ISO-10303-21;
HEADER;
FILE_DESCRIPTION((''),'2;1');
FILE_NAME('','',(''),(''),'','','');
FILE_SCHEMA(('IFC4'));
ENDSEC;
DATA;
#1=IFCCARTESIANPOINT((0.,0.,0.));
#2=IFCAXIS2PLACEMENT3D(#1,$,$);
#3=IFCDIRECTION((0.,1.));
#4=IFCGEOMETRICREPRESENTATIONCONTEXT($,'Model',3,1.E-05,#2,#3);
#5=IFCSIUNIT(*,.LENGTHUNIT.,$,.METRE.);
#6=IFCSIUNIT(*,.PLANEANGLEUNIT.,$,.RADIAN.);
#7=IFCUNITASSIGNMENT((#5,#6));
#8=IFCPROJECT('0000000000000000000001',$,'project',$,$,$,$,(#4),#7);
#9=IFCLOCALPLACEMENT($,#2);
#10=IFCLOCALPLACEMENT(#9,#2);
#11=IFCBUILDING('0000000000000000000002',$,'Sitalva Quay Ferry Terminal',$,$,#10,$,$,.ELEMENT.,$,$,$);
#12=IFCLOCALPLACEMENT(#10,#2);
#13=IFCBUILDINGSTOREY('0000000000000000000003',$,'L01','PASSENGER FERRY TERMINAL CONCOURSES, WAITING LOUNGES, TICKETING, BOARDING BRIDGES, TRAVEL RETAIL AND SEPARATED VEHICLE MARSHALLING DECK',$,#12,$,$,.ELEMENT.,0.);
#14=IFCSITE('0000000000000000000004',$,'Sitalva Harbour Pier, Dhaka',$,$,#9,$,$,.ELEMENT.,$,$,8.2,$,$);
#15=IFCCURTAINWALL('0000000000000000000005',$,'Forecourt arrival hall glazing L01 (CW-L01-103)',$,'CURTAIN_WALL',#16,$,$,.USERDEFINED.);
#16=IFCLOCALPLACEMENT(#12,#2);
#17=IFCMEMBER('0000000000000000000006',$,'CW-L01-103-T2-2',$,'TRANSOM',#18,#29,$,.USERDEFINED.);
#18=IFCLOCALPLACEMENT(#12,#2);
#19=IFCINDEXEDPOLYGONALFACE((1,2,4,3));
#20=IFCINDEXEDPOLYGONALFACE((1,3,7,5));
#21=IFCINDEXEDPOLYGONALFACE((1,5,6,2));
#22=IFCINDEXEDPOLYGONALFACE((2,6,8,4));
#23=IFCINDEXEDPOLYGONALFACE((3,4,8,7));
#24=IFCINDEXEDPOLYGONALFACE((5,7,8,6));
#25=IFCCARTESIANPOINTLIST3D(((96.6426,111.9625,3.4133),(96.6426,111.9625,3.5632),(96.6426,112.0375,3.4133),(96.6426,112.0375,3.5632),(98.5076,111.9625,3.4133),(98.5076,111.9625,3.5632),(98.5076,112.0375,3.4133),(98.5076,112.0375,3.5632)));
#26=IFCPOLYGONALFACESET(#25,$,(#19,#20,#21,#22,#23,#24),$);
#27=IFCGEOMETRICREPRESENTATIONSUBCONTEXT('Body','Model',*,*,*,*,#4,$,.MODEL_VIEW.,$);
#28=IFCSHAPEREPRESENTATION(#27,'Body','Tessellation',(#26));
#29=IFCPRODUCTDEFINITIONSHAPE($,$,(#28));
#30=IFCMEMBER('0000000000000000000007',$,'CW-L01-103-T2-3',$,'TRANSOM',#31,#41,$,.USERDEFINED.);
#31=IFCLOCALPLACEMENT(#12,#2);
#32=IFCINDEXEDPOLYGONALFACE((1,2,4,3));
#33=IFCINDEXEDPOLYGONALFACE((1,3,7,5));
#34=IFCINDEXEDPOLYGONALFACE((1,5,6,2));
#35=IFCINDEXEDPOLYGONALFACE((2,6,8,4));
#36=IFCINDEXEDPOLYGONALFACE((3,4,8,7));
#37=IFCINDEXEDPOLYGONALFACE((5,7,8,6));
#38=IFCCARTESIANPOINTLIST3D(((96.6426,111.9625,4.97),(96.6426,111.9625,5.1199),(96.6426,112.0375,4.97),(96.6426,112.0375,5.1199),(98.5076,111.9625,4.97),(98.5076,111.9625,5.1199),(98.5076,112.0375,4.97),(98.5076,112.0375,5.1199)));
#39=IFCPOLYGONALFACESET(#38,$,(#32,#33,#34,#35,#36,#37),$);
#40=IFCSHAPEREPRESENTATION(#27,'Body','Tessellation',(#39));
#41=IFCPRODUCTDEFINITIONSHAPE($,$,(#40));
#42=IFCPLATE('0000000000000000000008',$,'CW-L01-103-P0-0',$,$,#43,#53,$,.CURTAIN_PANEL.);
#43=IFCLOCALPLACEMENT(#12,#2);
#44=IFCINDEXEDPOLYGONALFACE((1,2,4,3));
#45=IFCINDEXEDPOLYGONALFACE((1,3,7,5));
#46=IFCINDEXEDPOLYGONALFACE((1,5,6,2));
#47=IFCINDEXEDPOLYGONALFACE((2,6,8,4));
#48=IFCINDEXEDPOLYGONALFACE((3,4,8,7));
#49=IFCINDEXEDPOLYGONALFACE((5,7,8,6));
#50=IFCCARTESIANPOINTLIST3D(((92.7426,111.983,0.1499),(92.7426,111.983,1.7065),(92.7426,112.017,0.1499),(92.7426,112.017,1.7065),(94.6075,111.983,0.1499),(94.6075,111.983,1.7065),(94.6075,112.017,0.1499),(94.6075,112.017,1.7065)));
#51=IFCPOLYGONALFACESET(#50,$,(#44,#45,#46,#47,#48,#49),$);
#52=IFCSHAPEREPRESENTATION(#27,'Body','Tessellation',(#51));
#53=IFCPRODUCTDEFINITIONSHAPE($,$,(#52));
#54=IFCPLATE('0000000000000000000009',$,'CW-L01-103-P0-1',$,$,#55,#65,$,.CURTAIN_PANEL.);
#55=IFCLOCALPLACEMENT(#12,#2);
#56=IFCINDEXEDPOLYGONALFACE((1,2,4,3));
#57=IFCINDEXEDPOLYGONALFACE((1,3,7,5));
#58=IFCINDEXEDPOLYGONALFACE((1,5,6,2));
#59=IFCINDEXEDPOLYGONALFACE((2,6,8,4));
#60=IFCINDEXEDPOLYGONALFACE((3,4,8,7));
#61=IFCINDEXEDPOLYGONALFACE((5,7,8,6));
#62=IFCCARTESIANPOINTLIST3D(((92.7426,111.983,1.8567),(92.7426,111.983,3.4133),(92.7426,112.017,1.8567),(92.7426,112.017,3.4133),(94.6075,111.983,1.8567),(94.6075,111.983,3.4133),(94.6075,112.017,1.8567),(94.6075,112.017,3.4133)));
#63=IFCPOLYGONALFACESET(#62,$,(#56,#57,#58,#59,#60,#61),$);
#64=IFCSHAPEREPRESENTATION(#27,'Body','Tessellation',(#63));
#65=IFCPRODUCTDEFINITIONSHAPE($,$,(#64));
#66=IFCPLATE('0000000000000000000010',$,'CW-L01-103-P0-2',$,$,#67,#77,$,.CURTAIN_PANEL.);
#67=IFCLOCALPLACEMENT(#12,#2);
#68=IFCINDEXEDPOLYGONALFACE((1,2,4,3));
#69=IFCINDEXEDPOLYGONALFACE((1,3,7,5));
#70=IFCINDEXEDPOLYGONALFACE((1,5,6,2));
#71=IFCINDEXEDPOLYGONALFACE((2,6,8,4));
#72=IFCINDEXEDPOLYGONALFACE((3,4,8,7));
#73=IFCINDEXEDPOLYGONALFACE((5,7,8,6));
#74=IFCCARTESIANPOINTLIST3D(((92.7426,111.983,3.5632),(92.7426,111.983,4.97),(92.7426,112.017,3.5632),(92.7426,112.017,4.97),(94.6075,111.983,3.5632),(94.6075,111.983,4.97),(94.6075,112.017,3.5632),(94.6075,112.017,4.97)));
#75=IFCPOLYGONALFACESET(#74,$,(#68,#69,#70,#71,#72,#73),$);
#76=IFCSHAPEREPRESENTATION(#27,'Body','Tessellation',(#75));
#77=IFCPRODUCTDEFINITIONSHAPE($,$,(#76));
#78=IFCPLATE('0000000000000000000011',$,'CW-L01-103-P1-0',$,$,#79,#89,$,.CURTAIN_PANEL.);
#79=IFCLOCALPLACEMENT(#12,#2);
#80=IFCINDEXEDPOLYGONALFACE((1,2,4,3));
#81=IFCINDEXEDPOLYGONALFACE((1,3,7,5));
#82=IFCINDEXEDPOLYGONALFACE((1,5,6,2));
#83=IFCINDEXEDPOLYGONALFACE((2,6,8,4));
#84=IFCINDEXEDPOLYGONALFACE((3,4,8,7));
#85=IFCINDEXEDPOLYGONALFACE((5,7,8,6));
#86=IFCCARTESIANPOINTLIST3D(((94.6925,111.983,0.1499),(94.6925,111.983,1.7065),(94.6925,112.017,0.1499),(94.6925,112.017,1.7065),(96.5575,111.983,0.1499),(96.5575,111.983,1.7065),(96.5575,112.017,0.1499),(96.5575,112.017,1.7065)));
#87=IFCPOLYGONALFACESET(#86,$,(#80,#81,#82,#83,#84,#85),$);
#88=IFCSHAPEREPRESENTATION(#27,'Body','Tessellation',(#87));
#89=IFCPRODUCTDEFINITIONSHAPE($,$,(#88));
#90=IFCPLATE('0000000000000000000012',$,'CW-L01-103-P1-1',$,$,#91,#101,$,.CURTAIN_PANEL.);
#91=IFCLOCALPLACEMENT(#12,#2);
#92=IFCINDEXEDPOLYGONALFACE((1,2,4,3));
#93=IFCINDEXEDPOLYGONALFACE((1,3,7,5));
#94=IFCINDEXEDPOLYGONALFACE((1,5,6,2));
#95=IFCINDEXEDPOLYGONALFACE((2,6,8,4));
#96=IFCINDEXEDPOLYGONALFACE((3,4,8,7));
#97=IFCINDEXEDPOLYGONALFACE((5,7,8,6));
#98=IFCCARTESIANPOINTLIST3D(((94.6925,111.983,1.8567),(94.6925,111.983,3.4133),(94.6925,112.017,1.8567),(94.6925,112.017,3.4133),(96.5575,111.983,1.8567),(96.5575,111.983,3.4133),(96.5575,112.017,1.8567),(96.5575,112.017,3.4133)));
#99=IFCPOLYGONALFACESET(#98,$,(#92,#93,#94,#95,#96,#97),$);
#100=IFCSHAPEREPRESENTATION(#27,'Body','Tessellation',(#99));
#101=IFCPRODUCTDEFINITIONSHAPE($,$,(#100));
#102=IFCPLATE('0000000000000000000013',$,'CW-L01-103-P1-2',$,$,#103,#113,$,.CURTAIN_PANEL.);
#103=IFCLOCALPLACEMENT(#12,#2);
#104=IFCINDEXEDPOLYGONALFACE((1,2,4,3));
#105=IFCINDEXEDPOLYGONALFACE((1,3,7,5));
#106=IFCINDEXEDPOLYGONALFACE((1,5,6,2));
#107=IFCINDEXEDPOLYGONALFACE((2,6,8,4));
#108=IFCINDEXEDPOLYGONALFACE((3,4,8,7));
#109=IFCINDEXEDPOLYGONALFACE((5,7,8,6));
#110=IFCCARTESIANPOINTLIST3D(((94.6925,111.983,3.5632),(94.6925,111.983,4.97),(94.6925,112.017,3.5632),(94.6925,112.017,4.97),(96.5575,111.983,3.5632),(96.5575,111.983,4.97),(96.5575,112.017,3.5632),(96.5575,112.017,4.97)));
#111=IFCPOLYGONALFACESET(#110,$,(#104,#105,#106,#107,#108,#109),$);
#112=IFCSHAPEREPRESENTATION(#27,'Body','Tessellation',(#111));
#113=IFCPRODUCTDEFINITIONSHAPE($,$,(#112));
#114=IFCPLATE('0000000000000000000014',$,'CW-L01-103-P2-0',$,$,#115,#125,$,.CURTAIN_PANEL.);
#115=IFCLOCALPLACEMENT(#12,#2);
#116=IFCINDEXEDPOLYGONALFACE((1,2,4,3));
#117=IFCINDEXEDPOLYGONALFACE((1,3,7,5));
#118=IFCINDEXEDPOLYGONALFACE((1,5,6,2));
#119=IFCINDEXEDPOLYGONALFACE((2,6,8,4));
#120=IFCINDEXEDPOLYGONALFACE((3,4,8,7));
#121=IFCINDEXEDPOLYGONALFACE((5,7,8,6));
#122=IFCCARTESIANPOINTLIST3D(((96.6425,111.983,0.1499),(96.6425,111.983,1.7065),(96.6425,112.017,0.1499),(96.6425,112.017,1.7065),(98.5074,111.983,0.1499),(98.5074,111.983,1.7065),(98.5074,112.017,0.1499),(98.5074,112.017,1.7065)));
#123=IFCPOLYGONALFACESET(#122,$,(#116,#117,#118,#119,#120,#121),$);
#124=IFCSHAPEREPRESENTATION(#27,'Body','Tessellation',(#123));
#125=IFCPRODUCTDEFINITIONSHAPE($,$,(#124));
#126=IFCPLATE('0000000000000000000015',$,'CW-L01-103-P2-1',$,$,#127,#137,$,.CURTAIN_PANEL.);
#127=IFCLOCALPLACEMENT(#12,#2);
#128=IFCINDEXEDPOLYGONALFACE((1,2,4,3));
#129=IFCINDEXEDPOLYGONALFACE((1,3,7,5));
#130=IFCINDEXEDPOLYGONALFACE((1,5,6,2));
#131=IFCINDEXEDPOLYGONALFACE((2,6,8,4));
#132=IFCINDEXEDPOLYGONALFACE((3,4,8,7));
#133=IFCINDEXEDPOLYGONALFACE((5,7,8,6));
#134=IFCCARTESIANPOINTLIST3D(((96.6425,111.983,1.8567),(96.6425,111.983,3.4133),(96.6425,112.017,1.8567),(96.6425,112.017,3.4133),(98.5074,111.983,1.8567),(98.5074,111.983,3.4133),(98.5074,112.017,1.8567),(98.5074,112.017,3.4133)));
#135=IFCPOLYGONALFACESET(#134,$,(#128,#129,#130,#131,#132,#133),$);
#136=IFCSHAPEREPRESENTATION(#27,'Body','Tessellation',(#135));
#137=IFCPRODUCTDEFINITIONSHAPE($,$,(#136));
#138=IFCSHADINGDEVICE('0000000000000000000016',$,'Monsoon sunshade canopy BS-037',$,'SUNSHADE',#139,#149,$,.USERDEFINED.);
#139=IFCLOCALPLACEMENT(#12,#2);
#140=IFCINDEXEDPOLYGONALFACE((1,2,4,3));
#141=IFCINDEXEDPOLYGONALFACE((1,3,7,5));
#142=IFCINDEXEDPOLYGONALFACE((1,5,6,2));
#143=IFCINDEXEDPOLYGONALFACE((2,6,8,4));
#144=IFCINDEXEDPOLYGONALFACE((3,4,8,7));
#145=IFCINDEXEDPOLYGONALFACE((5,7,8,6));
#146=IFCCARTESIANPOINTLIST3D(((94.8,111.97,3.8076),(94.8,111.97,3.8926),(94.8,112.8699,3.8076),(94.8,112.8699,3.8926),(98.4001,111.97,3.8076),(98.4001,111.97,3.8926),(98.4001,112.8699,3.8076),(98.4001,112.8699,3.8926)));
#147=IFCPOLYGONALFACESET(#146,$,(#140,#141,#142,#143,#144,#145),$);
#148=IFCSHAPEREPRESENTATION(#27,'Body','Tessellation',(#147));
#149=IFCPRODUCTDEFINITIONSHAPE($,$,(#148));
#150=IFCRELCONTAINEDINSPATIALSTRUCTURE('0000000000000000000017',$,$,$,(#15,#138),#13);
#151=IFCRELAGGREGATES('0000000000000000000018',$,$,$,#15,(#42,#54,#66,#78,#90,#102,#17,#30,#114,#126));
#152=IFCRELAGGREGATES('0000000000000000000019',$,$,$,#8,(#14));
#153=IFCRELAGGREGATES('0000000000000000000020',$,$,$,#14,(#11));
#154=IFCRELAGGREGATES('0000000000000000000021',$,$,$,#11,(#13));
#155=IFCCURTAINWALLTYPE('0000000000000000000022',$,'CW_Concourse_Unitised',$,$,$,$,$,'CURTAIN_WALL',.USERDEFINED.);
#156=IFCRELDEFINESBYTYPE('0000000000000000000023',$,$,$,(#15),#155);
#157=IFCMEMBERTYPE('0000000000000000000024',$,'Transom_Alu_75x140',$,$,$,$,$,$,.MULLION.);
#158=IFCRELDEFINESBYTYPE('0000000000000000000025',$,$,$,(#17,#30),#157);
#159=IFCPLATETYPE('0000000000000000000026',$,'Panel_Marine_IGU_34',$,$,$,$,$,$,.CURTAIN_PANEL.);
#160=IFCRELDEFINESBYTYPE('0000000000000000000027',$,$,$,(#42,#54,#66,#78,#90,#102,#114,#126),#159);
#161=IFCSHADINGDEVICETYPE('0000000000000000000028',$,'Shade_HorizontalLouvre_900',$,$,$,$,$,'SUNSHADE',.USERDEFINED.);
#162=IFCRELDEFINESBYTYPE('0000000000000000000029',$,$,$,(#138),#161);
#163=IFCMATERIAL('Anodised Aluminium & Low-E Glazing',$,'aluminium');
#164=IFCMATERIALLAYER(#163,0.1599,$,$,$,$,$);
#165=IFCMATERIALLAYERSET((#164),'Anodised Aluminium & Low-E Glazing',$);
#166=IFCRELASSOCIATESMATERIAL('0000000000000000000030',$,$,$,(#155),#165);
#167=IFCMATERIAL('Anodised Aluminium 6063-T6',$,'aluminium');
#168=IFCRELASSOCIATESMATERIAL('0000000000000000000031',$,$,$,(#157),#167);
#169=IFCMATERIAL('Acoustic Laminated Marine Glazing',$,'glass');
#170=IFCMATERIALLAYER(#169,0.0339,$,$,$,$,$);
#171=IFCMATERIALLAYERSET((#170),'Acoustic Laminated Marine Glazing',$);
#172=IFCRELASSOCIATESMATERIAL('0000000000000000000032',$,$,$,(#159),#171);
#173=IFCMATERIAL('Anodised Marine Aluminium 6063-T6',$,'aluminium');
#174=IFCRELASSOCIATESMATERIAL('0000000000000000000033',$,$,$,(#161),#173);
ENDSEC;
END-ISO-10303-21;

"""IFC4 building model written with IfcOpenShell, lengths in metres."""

from ifc_helpers import new_model, si_unit, direction, frame, origin, origin_2d, place, context, subcontext, project, spatial, rectangle, extrude, material, layer, layer_set, material_profile, profile_set, type_object, element, aggregate, save


model = new_model("IFC4")

# Units and contexts
model_context = context("Model", 3, precision=1e-05, world=origin(), true_north=direction((0.0, 1.0)))
body_context = subcontext(model_context, "Body", "Model", "MODEL_VIEW")
ifc_project = project(units=[si_unit("LENGTHUNIT", "METRE"), si_unit("PLANEANGLEUNIT", "RADIAN")], contexts=[model_context])

# Site, building, storey
site_placement = place(None, origin())
site = spatial("IfcSite", under=ifc_project, at=site_placement, Name="Sitalva Harbour Pier, Dhaka", CompositionType="ELEMENT", RefElevation=8.2)
building_placement = place(site_placement, origin())
building = spatial("IfcBuilding", under=site, at=building_placement, Name="Sitalva Quay Ferry Terminal", CompositionType="ELEMENT")
storey_placement = place(building_placement, origin())
storey = spatial("IfcBuildingStorey", under=building, at=storey_placement, Name="L01", Description="PASSENGER FERRY TERMINAL CONCOURSES, WAITING LOUNGES, TICKETING, BOARDING BRIDGES, TRAVEL RETAIL AND SEPARATED VEHICLE MARSHALLING DECK", CompositionType="ELEMENT", Elevation=0.0)

# Curtain wall, members, plates
ifc_material_1 = material(Name="Anodised Aluminium & Low-E Glazing", Category="aluminium")
ifc_layer_1 = layer(ifc_material_1, 0.1599)
ifc_layer_set_1 = layer_set([ifc_layer_1], Name="Anodised Aluminium & Low-E Glazing")
curtain_wall_type = type_object("IfcCurtainWallType", Name="CW_Concourse_Unitised", ElementType="CURTAIN_WALL", PredefinedType="USERDEFINED", material=ifc_layer_set_1)
curtain_wall_placement = place(storey_placement, origin())
curtain_wall = element("IfcCurtainWall", 1, at=curtain_wall_placement, inside=storey, type_object=curtain_wall_type, Name="Forecourt arrival hall glazing L01 (CW-L01-103)", ObjectType="CURTAIN_WALL", PredefinedType="USERDEFINED")
ifc_material_2 = material(Name="Anodised Aluminium 6063-T6", Category="aluminium")
ifc_material_profile_1 = material_profile(ifc_material_2, rectangle(XDim=0.075, YDim=0.1499, at=origin_2d()), Name="ALU75x150")
ifc_profile_set_1 = profile_set([ifc_material_profile_1], Name="Anodised Aluminium 6063-T6")
member_type_1 = type_object("IfcMemberType", Name="Transom_Alu_75x140", PredefinedType="MULLION", material=ifc_profile_set_1)
member_1_placement = place(storey_placement, frame((96.6426, 112.0, 3.4883), z_axis=(1.0, 0.0, 0.0), x_axis=(0.0, 1.0, 0.0)))
member_1 = element("IfcMember", 2, at=member_1_placement, type_object=member_type_1, Name="CW-L01-103-T2-2", ObjectType="TRANSOM", PredefinedType="USERDEFINED", context=body_context, shape_type="SweptSolid", body=[
    extrude(rectangle(XDim=0.075, YDim=0.1499, at=origin_2d()), origin(), (0.0, 0.0, 1.0), 1.865),
])
member_2_placement = place(storey_placement, frame((96.6426, 112.0, 5.0449), z_axis=(1.0, 0.0, 0.0), x_axis=(0.0, 1.0, 0.0)))
member_2 = element("IfcMember", 3, at=member_2_placement, type_object=member_type_1, Name="CW-L01-103-T2-3", ObjectType="TRANSOM", PredefinedType="USERDEFINED", context=body_context, shape_type="SweptSolid", body=[
    extrude(rectangle(XDim=0.075, YDim=0.1499, at=origin_2d()), origin(), (0.0, 0.0, 1.0), 1.865),
])
ifc_material_3 = material(Name="Acoustic Laminated Marine Glazing", Category="glass")
ifc_layer_2 = layer(ifc_material_3, 0.0339)
ifc_layer_set_2 = layer_set([ifc_layer_2], Name="Acoustic Laminated Marine Glazing")
plate_type = type_object("IfcPlateType", Name="Panel_Marine_IGU_34", PredefinedType="CURTAIN_PANEL", material=ifc_layer_set_2)
plate_1_placement = place(storey_placement, frame((93.675, 112.0, 0.1499), z_axis=(0.0, 0.0, 1.0), x_axis=(1.0, 0.0, 0.0)))
plate_1 = element("IfcPlate", 4, at=plate_1_placement, type_object=plate_type, Name="CW-L01-103-P0-0", PredefinedType="CURTAIN_PANEL", context=body_context, shape_type="SweptSolid", body=[
    extrude(rectangle(XDim=1.865, YDim=0.0339, at=origin_2d()), origin(), (0.0, 0.0, 1.0), 1.5566),
])
plate_2_placement = place(storey_placement, frame((93.675, 112.0, 1.8567), z_axis=(0.0, 0.0, 1.0), x_axis=(1.0, 0.0, 0.0)))
plate_2 = element("IfcPlate", 5, at=plate_2_placement, type_object=plate_type, Name="CW-L01-103-P0-1", PredefinedType="CURTAIN_PANEL", context=body_context, shape_type="SweptSolid", body=[
    extrude(rectangle(XDim=1.865, YDim=0.0339, at=origin_2d()), origin(), (0.0, 0.0, 1.0), 1.5566),
])
plate_3_placement = place(storey_placement, frame((93.675, 112.0, 3.5632), z_axis=(0.0, 0.0, 1.0), x_axis=(1.0, 0.0, 0.0)))
plate_3 = element("IfcPlate", 6, at=plate_3_placement, type_object=plate_type, Name="CW-L01-103-P0-2", PredefinedType="CURTAIN_PANEL", context=body_context, shape_type="SweptSolid", body=[
    extrude(rectangle(XDim=1.865, YDim=0.0339, at=origin_2d()), origin(), (0.0, 0.0, 1.0), 1.4067),
])
plate_4_placement = place(storey_placement, frame((95.625, 112.0, 0.1499), z_axis=(0.0, 0.0, 1.0), x_axis=(1.0, 0.0, 0.0)))
plate_4 = element("IfcPlate", 7, at=plate_4_placement, type_object=plate_type, Name="CW-L01-103-P1-0", PredefinedType="CURTAIN_PANEL", context=body_context, shape_type="SweptSolid", body=[
    extrude(rectangle(XDim=1.865, YDim=0.0339, at=origin_2d()), origin(), (0.0, 0.0, 1.0), 1.5566),
])
plate_5_placement = place(storey_placement, frame((95.625, 112.0, 1.8567), z_axis=(0.0, 0.0, 1.0), x_axis=(1.0, 0.0, 0.0)))
plate_5 = element("IfcPlate", 8, at=plate_5_placement, type_object=plate_type, Name="CW-L01-103-P1-1", PredefinedType="CURTAIN_PANEL", context=body_context, shape_type="SweptSolid", body=[
    extrude(rectangle(XDim=1.865, YDim=0.0339, at=origin_2d()), origin(), (0.0, 0.0, 1.0), 1.5566),
])
plate_6_placement = place(storey_placement, frame((95.625, 112.0, 3.5632), z_axis=(0.0, 0.0, 1.0), x_axis=(1.0, 0.0, 0.0)))
plate_6 = element("IfcPlate", 9, at=plate_6_placement, type_object=plate_type, Name="CW-L01-103-P1-2", PredefinedType="CURTAIN_PANEL", context=body_context, shape_type="SweptSolid", body=[
    extrude(rectangle(XDim=1.865, YDim=0.0339, at=origin_2d()), origin(), (0.0, 0.0, 1.0), 1.4067),
])
plate_7_placement = place(storey_placement, frame((97.575, 112.0, 0.1499), z_axis=(0.0, 0.0, 1.0), x_axis=(1.0, 0.0, 0.0)))
plate_7 = element("IfcPlate", 10, at=plate_7_placement, type_object=plate_type, Name="CW-L01-103-P2-0", PredefinedType="CURTAIN_PANEL", context=body_context, shape_type="SweptSolid", body=[
    extrude(rectangle(XDim=1.865, YDim=0.0339, at=origin_2d()), origin(), (0.0, 0.0, 1.0), 1.5566),
])
plate_8_placement = place(storey_placement, frame((97.575, 112.0, 1.8567), z_axis=(0.0, 0.0, 1.0), x_axis=(1.0, 0.0, 0.0)))
plate_8 = element("IfcPlate", 11, at=plate_8_placement, type_object=plate_type, Name="CW-L01-103-P2-1", PredefinedType="CURTAIN_PANEL", context=body_context, shape_type="SweptSolid", body=[
    extrude(rectangle(XDim=1.865, YDim=0.0339, at=origin_2d()), origin(), (0.0, 0.0, 1.0), 1.5566),
])
aggregate(curtain_wall, [plate_1, plate_2, plate_3, plate_4, plate_5, plate_6, member_1, member_2, plate_7, plate_8])

# Shading device
ifc_material_4 = material(Name="Anodised Marine Aluminium 6063-T6", Category="aluminium")
shading_device_type = type_object("IfcShadingDeviceType", Name="Shade_HorizontalLouvre_900", ElementType="SUNSHADE", PredefinedType="USERDEFINED", material=ifc_material_4)
shading_device_placement = place(storey_placement, frame((96.6001, 112.4199, 3.8076), z_axis=(0.0, 0.0, 1.0), x_axis=(1.0, 0.0, 0.0)))
element("IfcShadingDevice", 12, at=shading_device_placement, inside=storey, type_object=shading_device_type, Name="Monsoon sunshade canopy BS-037", ObjectType="SUNSHADE", PredefinedType="USERDEFINED", context=body_context, shape_type="SweptSolid", body=[
    extrude(rectangle(XDim=3.6001, YDim=0.8999, at=origin_2d()), origin(), (0.0, 0.0, 1.0), 0.085),
])

save(model, "model.ifc")
